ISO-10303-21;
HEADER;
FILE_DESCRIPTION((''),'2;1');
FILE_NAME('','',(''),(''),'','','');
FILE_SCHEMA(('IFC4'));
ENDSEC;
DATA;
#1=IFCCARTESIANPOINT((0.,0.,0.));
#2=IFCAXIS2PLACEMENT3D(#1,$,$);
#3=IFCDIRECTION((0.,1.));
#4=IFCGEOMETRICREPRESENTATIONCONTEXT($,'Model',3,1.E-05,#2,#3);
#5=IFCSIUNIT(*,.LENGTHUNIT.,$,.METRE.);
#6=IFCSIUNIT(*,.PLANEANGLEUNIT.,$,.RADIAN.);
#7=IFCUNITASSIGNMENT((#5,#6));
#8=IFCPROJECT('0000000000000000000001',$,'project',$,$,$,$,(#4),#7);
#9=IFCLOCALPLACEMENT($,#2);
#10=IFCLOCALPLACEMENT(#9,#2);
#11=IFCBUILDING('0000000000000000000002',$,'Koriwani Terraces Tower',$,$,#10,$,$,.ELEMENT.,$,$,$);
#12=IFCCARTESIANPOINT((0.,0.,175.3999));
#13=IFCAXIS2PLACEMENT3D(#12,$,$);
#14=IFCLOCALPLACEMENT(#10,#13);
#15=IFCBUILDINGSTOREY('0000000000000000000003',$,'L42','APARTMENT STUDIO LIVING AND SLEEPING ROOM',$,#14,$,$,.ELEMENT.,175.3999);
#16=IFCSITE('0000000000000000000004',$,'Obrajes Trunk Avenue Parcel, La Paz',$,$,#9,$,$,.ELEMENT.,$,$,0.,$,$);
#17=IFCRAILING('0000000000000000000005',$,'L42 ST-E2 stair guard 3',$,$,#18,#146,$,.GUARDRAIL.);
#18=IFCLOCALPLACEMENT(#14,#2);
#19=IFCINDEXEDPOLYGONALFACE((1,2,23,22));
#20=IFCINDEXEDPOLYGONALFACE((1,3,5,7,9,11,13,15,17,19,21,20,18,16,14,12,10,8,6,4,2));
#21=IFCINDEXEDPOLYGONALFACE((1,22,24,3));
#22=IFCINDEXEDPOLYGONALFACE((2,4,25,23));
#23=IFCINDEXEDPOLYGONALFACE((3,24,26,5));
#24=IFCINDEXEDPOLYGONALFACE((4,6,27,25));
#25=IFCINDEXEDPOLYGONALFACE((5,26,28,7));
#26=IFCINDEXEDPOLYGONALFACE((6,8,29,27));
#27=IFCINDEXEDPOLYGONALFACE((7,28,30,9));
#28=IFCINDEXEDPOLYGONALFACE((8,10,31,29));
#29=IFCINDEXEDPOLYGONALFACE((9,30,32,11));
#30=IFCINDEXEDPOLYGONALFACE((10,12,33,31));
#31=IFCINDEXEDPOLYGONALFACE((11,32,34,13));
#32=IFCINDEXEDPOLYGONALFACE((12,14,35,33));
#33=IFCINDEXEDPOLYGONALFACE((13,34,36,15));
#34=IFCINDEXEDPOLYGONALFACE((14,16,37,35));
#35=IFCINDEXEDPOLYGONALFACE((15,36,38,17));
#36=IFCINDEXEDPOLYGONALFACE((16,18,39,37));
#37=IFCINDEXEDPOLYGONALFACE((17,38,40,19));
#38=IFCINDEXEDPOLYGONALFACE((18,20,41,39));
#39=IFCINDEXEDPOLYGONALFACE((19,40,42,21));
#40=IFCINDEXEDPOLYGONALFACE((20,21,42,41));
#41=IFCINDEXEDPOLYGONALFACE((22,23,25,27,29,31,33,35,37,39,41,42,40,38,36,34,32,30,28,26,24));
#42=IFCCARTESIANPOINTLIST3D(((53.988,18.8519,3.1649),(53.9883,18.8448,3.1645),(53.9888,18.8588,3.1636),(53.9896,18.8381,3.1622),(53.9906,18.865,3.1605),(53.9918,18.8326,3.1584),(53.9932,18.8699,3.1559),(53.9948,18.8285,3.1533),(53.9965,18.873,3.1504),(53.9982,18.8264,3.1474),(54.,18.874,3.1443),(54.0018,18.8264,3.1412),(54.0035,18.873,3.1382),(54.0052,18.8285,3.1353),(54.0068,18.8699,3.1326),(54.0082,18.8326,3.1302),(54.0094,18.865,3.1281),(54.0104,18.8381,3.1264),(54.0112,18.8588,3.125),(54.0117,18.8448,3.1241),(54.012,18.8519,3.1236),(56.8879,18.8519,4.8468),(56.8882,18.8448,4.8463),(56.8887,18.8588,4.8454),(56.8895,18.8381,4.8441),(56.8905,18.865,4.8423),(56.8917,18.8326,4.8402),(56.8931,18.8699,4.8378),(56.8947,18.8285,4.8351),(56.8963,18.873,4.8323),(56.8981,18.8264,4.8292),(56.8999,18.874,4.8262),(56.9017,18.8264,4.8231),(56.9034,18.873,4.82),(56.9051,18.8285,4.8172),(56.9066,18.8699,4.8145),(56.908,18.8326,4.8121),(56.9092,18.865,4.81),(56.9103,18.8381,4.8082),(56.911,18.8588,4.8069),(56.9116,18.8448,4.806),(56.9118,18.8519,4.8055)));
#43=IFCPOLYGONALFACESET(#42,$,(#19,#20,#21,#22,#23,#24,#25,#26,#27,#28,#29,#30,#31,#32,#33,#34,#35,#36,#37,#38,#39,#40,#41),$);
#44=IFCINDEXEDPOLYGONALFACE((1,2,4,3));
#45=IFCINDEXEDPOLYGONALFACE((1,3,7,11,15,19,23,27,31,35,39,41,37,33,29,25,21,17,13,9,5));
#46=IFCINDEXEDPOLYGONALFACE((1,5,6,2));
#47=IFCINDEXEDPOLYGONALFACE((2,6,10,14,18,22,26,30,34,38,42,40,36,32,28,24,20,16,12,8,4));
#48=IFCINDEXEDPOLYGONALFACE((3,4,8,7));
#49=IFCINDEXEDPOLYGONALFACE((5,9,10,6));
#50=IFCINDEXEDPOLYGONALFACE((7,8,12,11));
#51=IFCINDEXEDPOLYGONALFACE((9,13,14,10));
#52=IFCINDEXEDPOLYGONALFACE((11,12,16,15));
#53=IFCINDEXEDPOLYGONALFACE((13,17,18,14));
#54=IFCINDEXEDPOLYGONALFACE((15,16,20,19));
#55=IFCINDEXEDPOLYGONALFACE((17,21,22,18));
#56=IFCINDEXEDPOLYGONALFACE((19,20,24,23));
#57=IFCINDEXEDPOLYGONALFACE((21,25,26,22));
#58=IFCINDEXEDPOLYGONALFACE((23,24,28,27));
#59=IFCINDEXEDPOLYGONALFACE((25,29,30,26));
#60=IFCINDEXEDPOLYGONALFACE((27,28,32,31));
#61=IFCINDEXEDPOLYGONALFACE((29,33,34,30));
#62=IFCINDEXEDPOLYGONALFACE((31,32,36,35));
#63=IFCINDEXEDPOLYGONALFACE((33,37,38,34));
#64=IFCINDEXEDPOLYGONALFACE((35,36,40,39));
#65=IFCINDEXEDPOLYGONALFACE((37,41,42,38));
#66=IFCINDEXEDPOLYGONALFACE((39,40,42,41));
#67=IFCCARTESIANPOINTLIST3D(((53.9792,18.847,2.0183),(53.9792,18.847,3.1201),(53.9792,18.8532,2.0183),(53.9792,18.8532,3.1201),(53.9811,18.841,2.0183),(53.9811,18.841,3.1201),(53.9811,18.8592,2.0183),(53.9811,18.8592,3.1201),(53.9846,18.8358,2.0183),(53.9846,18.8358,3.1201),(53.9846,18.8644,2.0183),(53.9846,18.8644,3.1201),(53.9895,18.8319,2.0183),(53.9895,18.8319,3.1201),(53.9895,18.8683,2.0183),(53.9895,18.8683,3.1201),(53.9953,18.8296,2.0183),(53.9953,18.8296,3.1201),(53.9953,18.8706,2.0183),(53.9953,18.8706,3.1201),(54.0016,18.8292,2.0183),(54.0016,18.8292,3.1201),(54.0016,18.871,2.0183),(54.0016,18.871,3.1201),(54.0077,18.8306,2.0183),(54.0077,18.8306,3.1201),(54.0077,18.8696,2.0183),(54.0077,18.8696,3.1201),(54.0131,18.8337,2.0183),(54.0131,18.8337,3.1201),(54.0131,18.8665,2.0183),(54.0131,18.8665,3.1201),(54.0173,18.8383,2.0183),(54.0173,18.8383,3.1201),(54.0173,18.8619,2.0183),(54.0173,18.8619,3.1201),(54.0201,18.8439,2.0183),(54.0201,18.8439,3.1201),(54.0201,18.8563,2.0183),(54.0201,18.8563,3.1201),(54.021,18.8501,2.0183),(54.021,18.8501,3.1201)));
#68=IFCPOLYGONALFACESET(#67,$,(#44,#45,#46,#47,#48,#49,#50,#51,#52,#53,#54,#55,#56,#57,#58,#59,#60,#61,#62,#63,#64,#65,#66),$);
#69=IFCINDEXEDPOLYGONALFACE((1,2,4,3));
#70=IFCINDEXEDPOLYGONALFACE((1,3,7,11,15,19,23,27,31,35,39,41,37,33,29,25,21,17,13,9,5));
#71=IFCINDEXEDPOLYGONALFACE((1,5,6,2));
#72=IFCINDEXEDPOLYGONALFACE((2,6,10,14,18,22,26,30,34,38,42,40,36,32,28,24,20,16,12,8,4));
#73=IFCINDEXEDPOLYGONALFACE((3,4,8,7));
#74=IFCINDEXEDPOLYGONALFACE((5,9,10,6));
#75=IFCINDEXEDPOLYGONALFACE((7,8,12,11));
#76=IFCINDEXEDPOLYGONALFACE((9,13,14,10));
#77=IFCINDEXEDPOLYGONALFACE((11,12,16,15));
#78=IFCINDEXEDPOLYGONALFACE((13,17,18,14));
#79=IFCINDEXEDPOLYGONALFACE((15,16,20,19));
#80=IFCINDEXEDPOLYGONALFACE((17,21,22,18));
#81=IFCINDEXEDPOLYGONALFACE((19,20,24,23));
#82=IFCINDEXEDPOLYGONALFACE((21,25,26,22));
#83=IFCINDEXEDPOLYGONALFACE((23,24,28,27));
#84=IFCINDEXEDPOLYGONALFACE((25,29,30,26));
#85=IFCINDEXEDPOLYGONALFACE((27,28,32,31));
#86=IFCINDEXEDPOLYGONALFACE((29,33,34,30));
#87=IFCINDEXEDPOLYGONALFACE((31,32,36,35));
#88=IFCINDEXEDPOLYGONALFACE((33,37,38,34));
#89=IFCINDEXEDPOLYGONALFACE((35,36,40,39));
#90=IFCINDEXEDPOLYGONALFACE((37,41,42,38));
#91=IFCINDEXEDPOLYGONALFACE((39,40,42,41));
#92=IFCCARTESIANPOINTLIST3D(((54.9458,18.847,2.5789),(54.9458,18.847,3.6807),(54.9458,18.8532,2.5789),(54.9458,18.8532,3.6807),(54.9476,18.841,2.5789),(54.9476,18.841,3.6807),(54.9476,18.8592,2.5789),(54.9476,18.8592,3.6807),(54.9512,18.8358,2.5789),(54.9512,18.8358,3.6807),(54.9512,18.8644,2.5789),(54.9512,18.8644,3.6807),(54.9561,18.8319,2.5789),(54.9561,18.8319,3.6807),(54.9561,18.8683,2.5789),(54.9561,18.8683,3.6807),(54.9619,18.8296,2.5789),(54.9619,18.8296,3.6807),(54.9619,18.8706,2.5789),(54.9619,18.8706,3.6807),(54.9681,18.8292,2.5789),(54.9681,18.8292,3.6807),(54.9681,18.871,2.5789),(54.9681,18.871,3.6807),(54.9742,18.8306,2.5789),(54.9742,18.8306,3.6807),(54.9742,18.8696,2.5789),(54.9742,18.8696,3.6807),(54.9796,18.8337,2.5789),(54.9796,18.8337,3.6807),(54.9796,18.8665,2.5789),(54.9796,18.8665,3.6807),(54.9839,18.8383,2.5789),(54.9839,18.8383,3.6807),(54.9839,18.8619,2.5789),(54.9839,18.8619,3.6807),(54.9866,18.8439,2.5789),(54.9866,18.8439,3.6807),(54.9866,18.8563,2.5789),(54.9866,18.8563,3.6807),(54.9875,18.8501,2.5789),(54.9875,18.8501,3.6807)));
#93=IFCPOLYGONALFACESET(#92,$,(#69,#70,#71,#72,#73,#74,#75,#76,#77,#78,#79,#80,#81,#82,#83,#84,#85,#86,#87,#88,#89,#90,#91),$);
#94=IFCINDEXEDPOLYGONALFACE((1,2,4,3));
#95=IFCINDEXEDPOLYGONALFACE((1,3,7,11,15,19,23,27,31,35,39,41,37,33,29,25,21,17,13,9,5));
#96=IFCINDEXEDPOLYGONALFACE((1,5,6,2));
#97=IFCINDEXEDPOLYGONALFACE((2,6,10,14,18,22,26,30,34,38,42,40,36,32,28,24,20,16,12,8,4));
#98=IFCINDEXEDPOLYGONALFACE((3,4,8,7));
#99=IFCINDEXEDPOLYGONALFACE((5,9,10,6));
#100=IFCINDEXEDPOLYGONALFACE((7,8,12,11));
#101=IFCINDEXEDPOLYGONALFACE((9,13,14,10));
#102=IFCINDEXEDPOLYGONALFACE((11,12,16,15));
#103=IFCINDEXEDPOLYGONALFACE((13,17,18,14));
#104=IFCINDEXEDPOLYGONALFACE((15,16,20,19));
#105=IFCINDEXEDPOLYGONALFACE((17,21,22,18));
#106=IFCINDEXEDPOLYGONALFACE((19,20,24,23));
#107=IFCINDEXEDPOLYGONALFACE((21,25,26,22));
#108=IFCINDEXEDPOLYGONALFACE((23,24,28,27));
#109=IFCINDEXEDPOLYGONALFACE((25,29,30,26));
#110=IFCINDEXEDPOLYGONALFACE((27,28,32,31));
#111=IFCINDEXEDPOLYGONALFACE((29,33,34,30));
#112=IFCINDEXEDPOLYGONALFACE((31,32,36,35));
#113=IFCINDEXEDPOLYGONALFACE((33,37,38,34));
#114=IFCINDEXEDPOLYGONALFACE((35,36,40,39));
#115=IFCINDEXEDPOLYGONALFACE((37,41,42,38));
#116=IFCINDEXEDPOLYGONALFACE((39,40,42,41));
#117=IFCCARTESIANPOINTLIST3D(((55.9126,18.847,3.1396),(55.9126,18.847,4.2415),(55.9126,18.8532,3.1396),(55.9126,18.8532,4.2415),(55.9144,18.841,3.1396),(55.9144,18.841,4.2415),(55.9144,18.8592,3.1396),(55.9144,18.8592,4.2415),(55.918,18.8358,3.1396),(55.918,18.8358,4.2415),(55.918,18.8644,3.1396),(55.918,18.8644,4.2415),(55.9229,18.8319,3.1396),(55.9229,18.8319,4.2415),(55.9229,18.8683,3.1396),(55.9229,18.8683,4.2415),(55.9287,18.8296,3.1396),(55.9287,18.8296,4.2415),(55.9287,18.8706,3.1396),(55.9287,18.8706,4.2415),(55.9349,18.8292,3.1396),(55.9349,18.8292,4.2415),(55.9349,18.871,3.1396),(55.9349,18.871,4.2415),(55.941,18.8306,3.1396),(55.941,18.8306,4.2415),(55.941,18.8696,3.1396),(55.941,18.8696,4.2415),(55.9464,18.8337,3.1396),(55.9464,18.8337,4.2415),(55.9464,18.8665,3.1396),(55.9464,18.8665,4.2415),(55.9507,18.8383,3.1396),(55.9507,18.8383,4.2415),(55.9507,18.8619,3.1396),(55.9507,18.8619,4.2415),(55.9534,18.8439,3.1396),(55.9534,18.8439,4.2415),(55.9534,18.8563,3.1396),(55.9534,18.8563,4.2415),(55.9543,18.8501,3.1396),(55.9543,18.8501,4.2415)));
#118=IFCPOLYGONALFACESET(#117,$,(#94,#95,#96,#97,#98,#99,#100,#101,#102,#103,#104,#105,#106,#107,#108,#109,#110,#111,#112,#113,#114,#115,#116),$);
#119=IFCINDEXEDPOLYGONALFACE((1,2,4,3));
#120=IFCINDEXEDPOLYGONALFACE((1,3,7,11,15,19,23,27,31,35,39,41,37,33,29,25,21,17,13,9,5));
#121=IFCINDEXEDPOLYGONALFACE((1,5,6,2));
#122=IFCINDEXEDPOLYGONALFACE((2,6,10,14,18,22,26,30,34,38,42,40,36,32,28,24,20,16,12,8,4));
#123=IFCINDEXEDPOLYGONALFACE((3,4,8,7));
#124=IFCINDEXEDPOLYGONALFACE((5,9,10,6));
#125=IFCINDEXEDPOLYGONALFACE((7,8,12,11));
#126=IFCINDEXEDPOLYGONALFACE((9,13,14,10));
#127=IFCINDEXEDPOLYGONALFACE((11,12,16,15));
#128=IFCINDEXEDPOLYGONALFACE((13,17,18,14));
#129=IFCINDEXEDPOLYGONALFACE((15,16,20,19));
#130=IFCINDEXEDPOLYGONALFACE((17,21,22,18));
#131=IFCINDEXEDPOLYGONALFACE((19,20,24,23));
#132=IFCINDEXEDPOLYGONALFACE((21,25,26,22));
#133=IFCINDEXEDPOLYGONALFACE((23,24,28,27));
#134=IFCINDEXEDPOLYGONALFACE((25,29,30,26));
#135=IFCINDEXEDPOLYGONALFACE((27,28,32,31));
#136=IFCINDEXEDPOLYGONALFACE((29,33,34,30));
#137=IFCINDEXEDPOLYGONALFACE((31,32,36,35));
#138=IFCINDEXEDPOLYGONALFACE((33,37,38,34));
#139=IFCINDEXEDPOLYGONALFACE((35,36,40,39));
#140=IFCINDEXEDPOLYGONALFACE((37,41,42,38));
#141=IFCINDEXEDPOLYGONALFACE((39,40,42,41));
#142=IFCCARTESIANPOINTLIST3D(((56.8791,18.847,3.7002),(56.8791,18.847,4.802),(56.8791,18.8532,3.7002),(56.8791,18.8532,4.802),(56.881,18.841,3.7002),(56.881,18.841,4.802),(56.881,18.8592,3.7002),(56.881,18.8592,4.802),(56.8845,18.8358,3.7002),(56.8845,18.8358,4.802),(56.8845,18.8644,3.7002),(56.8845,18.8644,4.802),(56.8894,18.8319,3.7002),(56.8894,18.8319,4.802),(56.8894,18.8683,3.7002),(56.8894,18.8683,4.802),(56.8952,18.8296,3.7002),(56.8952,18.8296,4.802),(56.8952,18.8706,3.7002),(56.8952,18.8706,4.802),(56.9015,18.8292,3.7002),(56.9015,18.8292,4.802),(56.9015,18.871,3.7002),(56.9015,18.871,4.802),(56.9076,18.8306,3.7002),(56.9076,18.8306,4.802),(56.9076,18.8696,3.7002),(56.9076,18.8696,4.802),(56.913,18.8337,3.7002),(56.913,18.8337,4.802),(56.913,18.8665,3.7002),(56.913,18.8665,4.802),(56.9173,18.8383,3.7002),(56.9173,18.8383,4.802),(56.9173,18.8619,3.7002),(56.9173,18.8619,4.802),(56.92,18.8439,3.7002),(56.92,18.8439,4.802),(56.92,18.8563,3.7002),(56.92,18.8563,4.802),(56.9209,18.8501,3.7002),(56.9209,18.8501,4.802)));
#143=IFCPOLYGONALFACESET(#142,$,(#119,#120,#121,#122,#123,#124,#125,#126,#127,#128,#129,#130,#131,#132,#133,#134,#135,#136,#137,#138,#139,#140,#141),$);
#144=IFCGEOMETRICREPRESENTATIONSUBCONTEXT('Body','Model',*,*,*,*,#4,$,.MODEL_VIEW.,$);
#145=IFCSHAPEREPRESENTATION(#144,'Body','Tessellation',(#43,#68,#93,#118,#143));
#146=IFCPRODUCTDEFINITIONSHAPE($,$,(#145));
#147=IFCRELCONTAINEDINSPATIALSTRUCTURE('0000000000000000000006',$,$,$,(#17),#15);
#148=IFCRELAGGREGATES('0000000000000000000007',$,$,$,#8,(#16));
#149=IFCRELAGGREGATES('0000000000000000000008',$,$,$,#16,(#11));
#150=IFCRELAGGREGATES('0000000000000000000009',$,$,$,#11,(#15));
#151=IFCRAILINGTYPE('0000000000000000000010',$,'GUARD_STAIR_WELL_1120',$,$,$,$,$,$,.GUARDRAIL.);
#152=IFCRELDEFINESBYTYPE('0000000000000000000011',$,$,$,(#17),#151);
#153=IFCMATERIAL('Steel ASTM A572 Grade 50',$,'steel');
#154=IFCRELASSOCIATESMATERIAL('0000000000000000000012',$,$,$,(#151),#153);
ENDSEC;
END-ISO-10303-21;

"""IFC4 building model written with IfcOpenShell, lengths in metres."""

from ifc_helpers import new_model, si_unit, direction, frame, origin, origin_2d, place, context, subcontext, project, spatial, circle, extrude, material, type_object, element, save


model = new_model("IFC4")

# Units and contexts
model_context = context("Model", 3, precision=1e-05, world=origin(), true_north=direction((0.0, 1.0)))
body_context = subcontext(model_context, "Body", "Model", "MODEL_VIEW")
ifc_project = project(units=[si_unit("LENGTHUNIT", "METRE"), si_unit("PLANEANGLEUNIT", "RADIAN")], contexts=[model_context])

# Site, building, storey
site_placement = place(None, origin())
site = spatial("IfcSite", under=ifc_project, at=site_placement, Name="Obrajes Trunk Avenue Parcel, La Paz", CompositionType="ELEMENT", RefElevation=0.0)
building_placement = place(site_placement, origin())
building = spatial("IfcBuilding", under=site, at=building_placement, Name="Koriwani Terraces Tower", CompositionType="ELEMENT")
storey_placement = place(building_placement, frame((0.0, 0.0, 175.3999)))
storey = spatial("IfcBuildingStorey", under=building, at=storey_placement, Name="L42", Description="APARTMENT STUDIO LIVING AND SLEEPING ROOM", CompositionType="ELEMENT", Elevation=175.3999)

# Shared definitions
ifc_material_1 = material(Name="Steel ASTM A572 Grade 50", Category="steel")

# Railing
railing_type_1 = type_object("IfcRailingType", Name="GUARD_STAIR_WELL_1120", PredefinedType="GUARDRAIL", material=ifc_material_1)
railing_1_placement = place(storey_placement, frame((54.0, 18.8501, 2.0183)))
element("IfcRailing", 1, at=railing_1_placement, inside=storey, type_object=railing_type_1, Name="L42 ST-E2 stair guard 3", PredefinedType="GUARDRAIL", context=body_context, shape_type="SweptSolid", body=[
    extrude(circle(Radius=0.0239, at=origin_2d()), frame((0.0, 0.0, 1.126), z_axis=(0.865039, 0.0, 0.501705), x_axis=(0.0, 1.0, 0.0)), (0.0, 0.0, 1.0), 3.3523),
    extrude(circle(Radius=0.021, at=origin_2d()), origin(), (0.0, 0.0, 1.0), 1.1018),
    extrude(circle(Radius=0.021, at=origin_2d()), frame((0.9666, 0.0, 0.5605)), (0.0, 0.0, 1.0), 1.1018),
    extrude(circle(Radius=0.021, at=origin_2d()), frame((1.9333, 0.0, 1.1213)), (0.0, 0.0, 1.0), 1.1018),
    extrude(circle(Radius=0.021, at=origin_2d()), frame((2.8999, 0.0, 1.6819)), (0.0, 0.0, 1.0), 1.1018),
])

save(model, "model.ifc")
